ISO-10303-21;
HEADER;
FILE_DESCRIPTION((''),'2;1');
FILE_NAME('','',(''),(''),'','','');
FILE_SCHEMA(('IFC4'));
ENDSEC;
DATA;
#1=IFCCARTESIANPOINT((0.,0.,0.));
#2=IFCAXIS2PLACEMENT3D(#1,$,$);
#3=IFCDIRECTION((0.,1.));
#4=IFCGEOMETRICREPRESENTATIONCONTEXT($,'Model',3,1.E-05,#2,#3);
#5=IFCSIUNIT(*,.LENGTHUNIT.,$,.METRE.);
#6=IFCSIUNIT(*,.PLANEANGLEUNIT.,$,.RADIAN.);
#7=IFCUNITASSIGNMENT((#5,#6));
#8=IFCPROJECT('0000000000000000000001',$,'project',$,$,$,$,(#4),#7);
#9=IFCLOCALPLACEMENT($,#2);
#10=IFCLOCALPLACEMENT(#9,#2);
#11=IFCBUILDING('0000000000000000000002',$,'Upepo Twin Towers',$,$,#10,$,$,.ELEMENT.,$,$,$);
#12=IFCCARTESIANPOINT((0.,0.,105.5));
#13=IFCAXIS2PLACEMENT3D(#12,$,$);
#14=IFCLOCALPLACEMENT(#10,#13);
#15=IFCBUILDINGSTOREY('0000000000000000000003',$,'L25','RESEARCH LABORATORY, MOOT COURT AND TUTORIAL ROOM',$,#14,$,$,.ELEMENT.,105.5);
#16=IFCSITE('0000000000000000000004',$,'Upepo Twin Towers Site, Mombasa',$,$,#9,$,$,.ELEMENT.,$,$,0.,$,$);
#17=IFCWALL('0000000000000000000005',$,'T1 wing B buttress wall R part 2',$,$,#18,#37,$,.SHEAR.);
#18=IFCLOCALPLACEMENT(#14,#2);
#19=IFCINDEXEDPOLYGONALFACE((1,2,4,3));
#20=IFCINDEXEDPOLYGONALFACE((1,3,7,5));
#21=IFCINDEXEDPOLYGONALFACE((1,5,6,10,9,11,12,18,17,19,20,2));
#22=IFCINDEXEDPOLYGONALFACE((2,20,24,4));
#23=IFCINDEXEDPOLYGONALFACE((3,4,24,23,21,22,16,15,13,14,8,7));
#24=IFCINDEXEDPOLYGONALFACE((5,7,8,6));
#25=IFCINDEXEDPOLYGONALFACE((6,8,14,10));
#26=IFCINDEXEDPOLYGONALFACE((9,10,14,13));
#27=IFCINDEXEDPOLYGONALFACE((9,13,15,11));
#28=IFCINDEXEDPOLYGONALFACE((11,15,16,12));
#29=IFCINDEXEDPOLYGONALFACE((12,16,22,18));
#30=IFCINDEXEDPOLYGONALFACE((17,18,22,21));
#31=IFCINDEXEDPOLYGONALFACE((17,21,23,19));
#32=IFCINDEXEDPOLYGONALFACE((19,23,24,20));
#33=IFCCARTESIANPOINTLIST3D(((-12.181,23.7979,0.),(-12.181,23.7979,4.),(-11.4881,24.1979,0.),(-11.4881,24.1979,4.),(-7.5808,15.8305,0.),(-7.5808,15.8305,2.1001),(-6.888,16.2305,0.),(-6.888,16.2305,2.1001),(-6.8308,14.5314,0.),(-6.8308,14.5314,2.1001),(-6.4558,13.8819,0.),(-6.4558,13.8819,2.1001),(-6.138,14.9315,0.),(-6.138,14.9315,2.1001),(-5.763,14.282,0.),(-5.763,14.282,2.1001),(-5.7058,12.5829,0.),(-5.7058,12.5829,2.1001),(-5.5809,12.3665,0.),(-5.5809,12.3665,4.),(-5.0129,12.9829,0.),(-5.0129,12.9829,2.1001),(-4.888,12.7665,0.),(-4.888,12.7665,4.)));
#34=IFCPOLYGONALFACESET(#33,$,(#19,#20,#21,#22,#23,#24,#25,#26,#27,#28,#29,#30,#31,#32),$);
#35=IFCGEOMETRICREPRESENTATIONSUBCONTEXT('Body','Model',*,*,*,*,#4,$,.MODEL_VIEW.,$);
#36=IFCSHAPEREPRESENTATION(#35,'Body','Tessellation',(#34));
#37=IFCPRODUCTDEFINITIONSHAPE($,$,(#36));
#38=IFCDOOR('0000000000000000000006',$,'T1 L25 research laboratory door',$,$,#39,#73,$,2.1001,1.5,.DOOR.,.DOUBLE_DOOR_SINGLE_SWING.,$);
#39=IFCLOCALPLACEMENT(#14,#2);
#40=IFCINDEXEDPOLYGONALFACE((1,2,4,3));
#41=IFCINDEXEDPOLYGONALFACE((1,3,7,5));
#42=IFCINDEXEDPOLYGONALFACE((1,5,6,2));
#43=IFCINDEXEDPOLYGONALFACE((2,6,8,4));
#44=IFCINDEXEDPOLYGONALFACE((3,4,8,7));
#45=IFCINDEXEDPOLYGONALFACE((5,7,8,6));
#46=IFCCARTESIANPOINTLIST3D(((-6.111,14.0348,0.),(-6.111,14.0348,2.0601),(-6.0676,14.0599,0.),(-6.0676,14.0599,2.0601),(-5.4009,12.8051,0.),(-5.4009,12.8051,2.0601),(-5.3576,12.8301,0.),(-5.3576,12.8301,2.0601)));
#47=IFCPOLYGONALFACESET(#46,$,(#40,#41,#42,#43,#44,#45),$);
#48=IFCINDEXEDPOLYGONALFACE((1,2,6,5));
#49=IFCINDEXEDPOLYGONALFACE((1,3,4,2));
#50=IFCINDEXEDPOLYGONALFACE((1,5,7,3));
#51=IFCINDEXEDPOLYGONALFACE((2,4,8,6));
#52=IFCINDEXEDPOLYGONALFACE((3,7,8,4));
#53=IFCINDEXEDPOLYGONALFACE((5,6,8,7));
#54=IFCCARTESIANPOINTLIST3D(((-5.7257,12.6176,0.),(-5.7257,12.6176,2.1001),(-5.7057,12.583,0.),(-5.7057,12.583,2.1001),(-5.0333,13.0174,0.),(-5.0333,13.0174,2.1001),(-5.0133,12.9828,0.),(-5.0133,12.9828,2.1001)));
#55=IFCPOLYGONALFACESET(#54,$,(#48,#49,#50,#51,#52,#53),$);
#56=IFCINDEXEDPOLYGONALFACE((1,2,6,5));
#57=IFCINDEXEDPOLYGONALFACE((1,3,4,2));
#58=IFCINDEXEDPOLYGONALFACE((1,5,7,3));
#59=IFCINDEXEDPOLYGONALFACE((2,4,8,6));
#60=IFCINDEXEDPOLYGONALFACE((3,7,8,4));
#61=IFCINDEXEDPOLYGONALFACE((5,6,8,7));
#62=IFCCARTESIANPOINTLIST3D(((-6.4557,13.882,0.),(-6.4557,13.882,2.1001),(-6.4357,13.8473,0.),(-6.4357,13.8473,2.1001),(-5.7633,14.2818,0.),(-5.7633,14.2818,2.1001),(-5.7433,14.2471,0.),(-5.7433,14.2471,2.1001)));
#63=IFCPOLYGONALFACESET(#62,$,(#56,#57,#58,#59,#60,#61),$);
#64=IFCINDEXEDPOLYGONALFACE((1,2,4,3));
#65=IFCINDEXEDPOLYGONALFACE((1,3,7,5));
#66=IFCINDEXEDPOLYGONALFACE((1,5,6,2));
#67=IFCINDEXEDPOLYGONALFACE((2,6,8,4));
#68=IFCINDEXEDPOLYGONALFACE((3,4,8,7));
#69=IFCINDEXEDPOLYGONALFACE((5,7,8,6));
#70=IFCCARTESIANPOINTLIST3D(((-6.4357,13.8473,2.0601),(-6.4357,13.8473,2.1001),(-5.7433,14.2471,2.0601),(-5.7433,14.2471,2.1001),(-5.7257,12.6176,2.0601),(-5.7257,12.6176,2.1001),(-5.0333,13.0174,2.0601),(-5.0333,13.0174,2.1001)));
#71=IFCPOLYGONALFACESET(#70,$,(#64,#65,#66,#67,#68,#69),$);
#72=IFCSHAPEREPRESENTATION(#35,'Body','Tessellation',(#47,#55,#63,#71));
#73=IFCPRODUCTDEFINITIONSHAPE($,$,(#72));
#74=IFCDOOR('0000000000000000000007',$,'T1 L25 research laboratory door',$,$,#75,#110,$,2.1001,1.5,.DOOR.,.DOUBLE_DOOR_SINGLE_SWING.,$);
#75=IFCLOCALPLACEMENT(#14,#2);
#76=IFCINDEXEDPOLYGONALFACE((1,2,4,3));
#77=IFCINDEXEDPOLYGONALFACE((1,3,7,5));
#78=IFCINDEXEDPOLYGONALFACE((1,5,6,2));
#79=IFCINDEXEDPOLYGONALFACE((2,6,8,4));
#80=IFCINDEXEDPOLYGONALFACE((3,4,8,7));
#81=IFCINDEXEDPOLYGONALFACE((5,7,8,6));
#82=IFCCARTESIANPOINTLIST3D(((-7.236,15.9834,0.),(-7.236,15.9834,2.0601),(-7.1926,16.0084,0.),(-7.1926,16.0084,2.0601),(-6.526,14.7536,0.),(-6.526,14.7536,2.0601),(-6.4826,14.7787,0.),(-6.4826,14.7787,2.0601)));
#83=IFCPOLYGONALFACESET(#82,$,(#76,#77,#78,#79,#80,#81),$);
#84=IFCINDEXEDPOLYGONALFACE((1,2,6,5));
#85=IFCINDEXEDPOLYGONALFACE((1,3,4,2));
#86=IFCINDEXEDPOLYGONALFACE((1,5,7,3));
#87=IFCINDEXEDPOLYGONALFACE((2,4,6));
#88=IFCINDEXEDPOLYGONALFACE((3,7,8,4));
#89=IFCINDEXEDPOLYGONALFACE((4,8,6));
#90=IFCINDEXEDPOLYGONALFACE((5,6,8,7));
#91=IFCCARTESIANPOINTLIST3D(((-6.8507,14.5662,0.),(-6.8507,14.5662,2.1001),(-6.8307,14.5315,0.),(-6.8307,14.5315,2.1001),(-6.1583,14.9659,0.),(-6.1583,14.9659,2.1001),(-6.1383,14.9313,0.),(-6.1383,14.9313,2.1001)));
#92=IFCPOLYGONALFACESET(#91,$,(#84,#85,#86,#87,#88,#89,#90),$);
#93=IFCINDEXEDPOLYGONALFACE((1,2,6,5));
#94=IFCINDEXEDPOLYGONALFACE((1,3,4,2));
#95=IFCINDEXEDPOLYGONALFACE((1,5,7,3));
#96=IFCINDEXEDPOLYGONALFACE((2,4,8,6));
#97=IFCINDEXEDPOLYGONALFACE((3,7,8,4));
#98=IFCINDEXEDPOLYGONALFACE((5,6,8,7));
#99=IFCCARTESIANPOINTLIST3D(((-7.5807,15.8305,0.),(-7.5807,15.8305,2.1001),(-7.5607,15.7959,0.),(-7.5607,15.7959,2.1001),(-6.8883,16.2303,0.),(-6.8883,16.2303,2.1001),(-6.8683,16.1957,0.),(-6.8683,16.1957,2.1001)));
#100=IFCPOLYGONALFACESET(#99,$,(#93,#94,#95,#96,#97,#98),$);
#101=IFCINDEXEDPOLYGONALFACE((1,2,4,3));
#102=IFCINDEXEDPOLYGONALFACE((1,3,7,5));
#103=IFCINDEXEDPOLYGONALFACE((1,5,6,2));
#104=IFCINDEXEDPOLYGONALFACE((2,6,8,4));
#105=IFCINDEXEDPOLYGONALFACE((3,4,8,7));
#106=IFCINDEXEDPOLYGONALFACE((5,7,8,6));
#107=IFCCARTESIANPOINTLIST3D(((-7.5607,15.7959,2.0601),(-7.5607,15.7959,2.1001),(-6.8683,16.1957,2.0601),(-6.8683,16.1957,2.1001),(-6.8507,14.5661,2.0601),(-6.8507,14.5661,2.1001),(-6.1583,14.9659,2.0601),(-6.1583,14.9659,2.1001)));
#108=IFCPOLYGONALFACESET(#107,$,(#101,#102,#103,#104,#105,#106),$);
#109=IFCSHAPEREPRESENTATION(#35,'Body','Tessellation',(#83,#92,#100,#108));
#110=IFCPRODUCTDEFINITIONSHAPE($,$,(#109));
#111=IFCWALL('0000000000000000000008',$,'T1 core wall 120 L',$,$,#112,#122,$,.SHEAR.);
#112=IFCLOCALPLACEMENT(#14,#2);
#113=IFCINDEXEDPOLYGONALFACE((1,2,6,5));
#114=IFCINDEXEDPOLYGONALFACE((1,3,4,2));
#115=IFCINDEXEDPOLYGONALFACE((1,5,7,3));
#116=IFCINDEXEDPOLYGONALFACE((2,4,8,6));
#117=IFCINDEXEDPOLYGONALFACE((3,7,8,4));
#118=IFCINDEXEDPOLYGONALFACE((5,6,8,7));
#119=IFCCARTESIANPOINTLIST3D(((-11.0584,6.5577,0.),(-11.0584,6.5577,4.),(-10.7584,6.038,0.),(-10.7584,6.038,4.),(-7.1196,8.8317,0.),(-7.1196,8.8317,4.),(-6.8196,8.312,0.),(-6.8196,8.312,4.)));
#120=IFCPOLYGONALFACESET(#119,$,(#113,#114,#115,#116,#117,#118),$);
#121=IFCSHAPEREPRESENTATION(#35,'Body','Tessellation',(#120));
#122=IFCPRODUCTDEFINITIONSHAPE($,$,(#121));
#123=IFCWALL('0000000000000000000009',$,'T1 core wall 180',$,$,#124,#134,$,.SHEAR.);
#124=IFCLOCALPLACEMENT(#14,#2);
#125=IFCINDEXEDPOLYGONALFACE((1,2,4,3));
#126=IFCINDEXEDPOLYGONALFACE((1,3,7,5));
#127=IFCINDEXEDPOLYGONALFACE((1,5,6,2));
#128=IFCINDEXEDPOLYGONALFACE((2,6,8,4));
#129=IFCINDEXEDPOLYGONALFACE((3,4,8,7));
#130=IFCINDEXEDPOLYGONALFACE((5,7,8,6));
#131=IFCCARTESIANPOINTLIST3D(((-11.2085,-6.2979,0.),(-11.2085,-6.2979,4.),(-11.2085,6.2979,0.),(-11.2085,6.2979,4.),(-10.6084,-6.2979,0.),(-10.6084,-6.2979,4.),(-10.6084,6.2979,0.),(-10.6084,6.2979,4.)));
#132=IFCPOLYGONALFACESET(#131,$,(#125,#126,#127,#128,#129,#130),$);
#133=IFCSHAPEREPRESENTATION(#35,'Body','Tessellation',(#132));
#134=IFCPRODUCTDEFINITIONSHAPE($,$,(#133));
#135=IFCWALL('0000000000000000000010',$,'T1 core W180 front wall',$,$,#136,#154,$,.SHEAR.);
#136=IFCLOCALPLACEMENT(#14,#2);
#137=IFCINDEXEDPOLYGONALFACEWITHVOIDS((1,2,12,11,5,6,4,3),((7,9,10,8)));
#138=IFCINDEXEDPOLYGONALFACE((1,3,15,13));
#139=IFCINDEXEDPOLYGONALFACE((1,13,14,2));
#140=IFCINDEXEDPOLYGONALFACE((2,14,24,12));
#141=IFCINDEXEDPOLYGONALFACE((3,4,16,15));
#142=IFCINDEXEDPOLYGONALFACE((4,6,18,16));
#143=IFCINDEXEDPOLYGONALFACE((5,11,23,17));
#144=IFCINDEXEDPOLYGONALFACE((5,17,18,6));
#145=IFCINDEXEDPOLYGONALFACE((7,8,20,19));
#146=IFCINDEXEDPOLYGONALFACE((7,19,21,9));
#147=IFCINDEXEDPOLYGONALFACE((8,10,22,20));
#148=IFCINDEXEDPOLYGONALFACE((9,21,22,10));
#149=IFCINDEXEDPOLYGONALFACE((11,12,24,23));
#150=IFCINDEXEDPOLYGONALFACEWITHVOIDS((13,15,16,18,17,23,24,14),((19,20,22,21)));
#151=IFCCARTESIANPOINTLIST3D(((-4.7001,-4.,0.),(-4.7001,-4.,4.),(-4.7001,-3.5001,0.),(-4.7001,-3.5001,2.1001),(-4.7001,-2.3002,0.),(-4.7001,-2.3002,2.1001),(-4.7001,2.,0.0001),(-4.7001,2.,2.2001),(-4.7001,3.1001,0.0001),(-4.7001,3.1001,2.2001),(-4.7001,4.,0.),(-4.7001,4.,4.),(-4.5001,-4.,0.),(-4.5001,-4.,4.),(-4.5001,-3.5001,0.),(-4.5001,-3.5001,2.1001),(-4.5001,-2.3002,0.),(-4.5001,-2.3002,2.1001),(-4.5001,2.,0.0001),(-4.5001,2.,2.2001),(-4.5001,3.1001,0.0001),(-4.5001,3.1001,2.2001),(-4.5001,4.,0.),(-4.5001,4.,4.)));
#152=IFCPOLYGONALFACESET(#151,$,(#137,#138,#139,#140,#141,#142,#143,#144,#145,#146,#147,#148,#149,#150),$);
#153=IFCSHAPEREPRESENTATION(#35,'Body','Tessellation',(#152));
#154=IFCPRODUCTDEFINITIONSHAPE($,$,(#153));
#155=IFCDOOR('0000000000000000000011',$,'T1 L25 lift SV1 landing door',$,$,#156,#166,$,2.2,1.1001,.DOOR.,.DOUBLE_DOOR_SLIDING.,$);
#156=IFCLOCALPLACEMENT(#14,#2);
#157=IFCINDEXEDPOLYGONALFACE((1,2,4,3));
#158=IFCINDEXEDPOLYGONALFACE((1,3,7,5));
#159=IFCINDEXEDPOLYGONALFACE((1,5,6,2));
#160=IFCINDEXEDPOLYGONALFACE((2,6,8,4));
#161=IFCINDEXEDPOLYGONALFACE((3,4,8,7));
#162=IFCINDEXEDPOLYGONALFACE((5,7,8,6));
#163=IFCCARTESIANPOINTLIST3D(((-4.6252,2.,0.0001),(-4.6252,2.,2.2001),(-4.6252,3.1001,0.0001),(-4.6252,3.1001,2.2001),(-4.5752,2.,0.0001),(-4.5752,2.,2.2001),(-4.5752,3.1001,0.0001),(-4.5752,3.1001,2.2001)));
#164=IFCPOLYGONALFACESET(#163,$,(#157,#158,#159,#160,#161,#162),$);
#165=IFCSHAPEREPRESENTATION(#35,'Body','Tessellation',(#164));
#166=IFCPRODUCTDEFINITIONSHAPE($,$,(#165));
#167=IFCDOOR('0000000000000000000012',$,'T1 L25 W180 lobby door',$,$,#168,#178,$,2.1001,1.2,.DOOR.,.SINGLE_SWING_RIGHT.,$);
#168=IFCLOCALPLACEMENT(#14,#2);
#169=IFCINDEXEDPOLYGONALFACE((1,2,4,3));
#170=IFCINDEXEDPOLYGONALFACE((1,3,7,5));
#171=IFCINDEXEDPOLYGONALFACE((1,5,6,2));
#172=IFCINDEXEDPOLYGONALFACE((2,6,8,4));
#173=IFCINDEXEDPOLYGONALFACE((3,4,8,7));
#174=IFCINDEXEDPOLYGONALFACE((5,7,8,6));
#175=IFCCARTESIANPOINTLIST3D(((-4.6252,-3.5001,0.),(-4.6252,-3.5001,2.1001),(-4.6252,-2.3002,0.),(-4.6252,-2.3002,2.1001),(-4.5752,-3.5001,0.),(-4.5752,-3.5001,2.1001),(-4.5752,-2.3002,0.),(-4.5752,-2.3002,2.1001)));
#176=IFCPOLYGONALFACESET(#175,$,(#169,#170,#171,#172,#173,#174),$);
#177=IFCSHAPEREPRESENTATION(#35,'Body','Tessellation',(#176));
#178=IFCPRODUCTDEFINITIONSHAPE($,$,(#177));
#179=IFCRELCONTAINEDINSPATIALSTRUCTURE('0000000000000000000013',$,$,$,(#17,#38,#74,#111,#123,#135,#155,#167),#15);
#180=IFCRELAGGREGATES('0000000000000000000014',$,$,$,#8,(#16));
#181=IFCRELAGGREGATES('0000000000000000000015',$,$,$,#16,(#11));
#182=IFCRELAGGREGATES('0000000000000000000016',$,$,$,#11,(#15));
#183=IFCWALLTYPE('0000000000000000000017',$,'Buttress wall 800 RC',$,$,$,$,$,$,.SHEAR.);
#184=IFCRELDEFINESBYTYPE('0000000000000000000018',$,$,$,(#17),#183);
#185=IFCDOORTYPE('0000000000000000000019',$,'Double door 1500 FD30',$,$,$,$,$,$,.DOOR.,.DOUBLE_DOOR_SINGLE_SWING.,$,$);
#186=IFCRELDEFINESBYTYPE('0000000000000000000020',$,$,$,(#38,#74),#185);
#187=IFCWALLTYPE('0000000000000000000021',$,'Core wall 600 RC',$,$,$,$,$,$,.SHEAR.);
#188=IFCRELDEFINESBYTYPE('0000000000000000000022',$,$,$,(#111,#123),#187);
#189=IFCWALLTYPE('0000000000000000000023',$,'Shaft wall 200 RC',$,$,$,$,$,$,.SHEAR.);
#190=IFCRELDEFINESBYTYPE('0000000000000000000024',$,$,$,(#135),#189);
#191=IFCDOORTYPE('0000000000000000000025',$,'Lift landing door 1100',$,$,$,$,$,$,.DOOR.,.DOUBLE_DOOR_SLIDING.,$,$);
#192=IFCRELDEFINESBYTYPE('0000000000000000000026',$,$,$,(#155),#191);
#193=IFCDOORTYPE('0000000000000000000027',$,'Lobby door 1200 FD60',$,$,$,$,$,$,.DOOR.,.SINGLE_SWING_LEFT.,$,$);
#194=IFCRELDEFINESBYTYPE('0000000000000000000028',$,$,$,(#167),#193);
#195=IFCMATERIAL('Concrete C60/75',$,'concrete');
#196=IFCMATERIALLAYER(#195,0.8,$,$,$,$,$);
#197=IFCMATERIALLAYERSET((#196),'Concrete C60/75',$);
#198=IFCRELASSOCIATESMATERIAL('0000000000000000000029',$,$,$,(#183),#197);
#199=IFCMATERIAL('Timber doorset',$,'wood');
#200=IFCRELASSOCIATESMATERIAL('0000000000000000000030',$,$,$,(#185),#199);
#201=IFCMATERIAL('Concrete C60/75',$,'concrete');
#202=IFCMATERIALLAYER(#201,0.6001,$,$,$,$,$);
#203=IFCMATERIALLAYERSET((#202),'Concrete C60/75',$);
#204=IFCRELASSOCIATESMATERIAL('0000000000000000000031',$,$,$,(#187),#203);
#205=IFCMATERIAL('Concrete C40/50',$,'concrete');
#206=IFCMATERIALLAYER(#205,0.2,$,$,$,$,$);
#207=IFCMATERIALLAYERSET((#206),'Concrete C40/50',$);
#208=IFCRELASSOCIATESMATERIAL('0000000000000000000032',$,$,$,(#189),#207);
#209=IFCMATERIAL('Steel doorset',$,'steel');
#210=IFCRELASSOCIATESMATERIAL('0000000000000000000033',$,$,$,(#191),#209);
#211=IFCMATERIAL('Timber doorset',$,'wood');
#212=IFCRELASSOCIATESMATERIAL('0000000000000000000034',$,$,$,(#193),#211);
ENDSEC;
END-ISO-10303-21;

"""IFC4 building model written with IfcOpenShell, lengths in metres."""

from ifc_helpers import new_model, si_unit, direction, frame, frame_2d, origin, place, context, subcontext, project, spatial, rectangle, extrude, material, layer, layer_set, type_object, element, fill, save


model = new_model("IFC4")

# Units and contexts
model_context = context("Model", 3, precision=1e-05, world=origin(), true_north=direction((0.0, 1.0)))
body_context = subcontext(model_context, "Body", "Model", "MODEL_VIEW")
ifc_project = project(units=[si_unit("LENGTHUNIT", "METRE"), si_unit("PLANEANGLEUNIT", "RADIAN")], contexts=[model_context])

# Site, building, storey
site_placement = place(None, origin())
site = spatial("IfcSite", under=ifc_project, at=site_placement, Name="Upepo Twin Towers Site, Mombasa", CompositionType="ELEMENT", RefElevation=0.0)
building_placement = place(site_placement, origin())
building = spatial("IfcBuilding", under=site, at=building_placement, Name="Upepo Twin Towers", CompositionType="ELEMENT")
storey_placement = place(building_placement, frame((0.0, 0.0, 105.5)))
storey = spatial("IfcBuildingStorey", under=building, at=storey_placement, Name="L25", Description="RESEARCH LABORATORY, MOOT COURT AND TUTORIAL ROOM", CompositionType="ELEMENT", Elevation=105.5)

# Wall, openings, doors
ifc_material_1 = material(Name="Concrete C60/75", Category="concrete")
ifc_layer_1 = layer(ifc_material_1, 0.8)
ifc_layer_set_1 = layer_set([ifc_layer_1], Name="Concrete C60/75")
wall_type_1 = type_object("IfcWallType", Name="Buttress wall 800 RC", PredefinedType="SHEAR", material=ifc_layer_set_1)
ifc_material_2 = material(Name="Timber doorset", Category="wood")
door_type_1 = type_object("IfcDoorType", Name="Double door 1500 FD30", OperationType="DOUBLE_DOOR_SINGLE_SWING", PredefinedType="DOOR", material=ifc_material_2)
wall_1_placement = place(storey_placement, frame((-5.2344, 12.5664, 0.0), z_axis=(0.0, 0.0, 1.0), x_axis=(-0.50001, 0.86602, 0.0)))
wall_1 = element("IfcWall", 1, at=wall_1_placement, inside=storey, type_object=wall_type_1, Name="T1 wing B buttress wall R part 2", PredefinedType="SHEAR", context=body_context, shape_type="SweptSolid", body=[
    extrude(rectangle(XDim=13.2, YDim=0.8, at=frame_2d((6.6001, 0.0))), origin(), (0.0, 0.0, 1.0), 4.0),
])
opening_1_placement = place(wall_1_placement, frame((0.25, 0.0, 0.0)))
opening_1 = element("IfcOpeningElement", 2, at=opening_1_placement, cuts=wall_1, PredefinedType="OPENING", context=body_context, shape_type="SweptSolid", body=[
    extrude(rectangle(XDim=1.5, YDim=2.1001, at=frame_2d((0.75, 1.05))), frame((0.0, 0.4099, 0.0), z_axis=(0.0, -1.0, 0.0), x_axis=(1.0, 0.0, 0.0)), (0.0, 0.0, 1.0), 0.8201),
])
opening_2_placement = place(wall_1_placement, frame((2.5, 0.0, 0.0)))
opening_2 = element("IfcOpeningElement", 3, at=opening_2_placement, cuts=wall_1, PredefinedType="OPENING", context=body_context, shape_type="SweptSolid", body=[
    extrude(rectangle(XDim=1.5, YDim=2.1001, at=frame_2d((0.75, 1.05))), frame((0.0, 0.4099, 0.0), z_axis=(0.0, -1.0, 0.0), x_axis=(1.0, 0.0, 0.0)), (0.0, 0.0, 1.0), 0.8201),
])
door_1_placement = place(opening_1_placement, origin())
door_1 = element("IfcDoor", 4, at=door_1_placement, inside=storey, type_object=door_type_1, Name="T1 L25 research laboratory door", OperationType="DOUBLE_DOOR_SINGLE_SWING", OverallHeight=2.1001, OverallWidth=1.5, PredefinedType="DOOR", context=body_context, shape_type="SweptSolid", body=[
    extrude(rectangle(XDim=1.42, YDim=2.0601, at=frame_2d((0.75, 1.03))), frame((0.0, 0.0249, 0.0), z_axis=(0.0, -1.0, 0.0), x_axis=(1.0, 0.0, 0.0)), (0.0, 0.0, 1.0), 0.05),
    extrude(rectangle(XDim=0.04, YDim=2.1001, at=frame_2d((0.02, 1.05))), frame((0.0, 0.3999, 0.0), z_axis=(0.0, -1.0, 0.0), x_axis=(1.0, 0.0, 0.0)), (0.0, 0.0, 1.0), 0.7996),
    extrude(rectangle(XDim=0.04, YDim=2.1001, at=frame_2d((1.48, 1.05))), frame((0.0, 0.3999, 0.0), z_axis=(0.0, -1.0, 0.0), x_axis=(1.0, 0.0, 0.0)), (0.0, 0.0, 1.0), 0.7996),
    extrude(rectangle(XDim=1.42, YDim=0.04, at=frame_2d((0.75, 2.0801))), frame((0.0, 0.3999, 0.0), z_axis=(0.0, -1.0, 0.0), x_axis=(1.0, 0.0, 0.0)), (0.0, 0.0, 1.0), 0.7996),
])
fill(opening_1, door_1)
door_2_placement = place(opening_2_placement, origin())
door_2 = element("IfcDoor", 5, at=door_2_placement, inside=storey, type_object=door_type_1, Name="T1 L25 research laboratory door", OperationType="DOUBLE_DOOR_SINGLE_SWING", OverallHeight=2.1001, OverallWidth=1.5, PredefinedType="DOOR", context=body_context, shape_type="SweptSolid", body=[
    extrude(rectangle(XDim=1.42, YDim=2.0601, at=frame_2d((0.75, 1.03))), frame((0.0, 0.0249, 0.0), z_axis=(0.0, -1.0, 0.0), x_axis=(1.0, 0.0, 0.0)), (0.0, 0.0, 1.0), 0.05),
    extrude(rectangle(XDim=0.04, YDim=2.1001, at=frame_2d((0.02, 1.05))), frame((0.0, 0.3999, 0.0), z_axis=(0.0, -1.0, 0.0), x_axis=(1.0, 0.0, 0.0)), (0.0, 0.0, 1.0), 0.7996),
    extrude(rectangle(XDim=0.04, YDim=2.1001, at=frame_2d((1.48, 1.05))), frame((0.0, 0.3999, 0.0), z_axis=(0.0, -1.0, 0.0), x_axis=(1.0, 0.0, 0.0)), (0.0, 0.0, 1.0), 0.7996),
    extrude(rectangle(XDim=1.42, YDim=0.04, at=frame_2d((0.75, 2.0801))), frame((0.0, 0.3999, 0.0), z_axis=(0.0, -1.0, 0.0), x_axis=(1.0, 0.0, 0.0)), (0.0, 0.0, 1.0), 0.7996),
])
fill(opening_2, door_2)

# Walls
ifc_material_3 = material(Name="Concrete C60/75", Category="concrete")
ifc_layer_2 = layer(ifc_material_3, 0.6001)
ifc_layer_set_2 = layer_set([ifc_layer_2], Name="Concrete C60/75")
wall_type_2 = type_object("IfcWallType", Name="Core wall 600 RC", PredefinedType="SHEAR", material=ifc_layer_set_2)
wall_2_placement = place(storey_placement, frame((-6.9697, 8.5718, 0.0), z_axis=(0.0, 0.0, 1.0), x_axis=(-0.866035, -0.499984, 0.0)))
element("IfcWall", 6, at=wall_2_placement, inside=storey, type_object=wall_type_2, Name="T1 core wall 120 L", PredefinedType="SHEAR", context=body_context, shape_type="SweptSolid", body=[
    extrude(rectangle(XDim=4.5481, YDim=0.6001, at=frame_2d((2.2739, 0.0))), origin(), (0.0, 0.0, 1.0), 4.0),
])
wall_3_placement = place(storey_placement, frame((-10.9084, 6.2979, 0.0), z_axis=(0.0, 0.0, 1.0), x_axis=(0.0, -1.0, 0.0)))
element("IfcWall", 7, at=wall_3_placement, inside=storey, type_object=wall_type_2, Name="T1 core wall 180", PredefinedType="SHEAR", context=body_context, shape_type="SweptSolid", body=[
    extrude(rectangle(XDim=12.5957, YDim=0.6001, at=frame_2d((6.2979, 0.0))), origin(), (0.0, 0.0, 1.0), 4.0),
])

# Wall, openings, doors
ifc_material_4 = material(Name="Concrete C40/50", Category="concrete")
ifc_layer_3 = layer(ifc_material_4, 0.2)
ifc_layer_set_3 = layer_set([ifc_layer_3], Name="Concrete C40/50")
wall_type_3 = type_object("IfcWallType", Name="Shaft wall 200 RC", PredefinedType="SHEAR", material=ifc_layer_set_3)
wall_4_placement = place(storey_placement, frame((-4.6001, 4.0, 0.0), z_axis=(0.0, 0.0, 1.0), x_axis=(0.0, -1.0, 0.0)))
wall_4 = element("IfcWall", 8, at=wall_4_placement, inside=storey, type_object=wall_type_3, Name="T1 core W180 front wall", PredefinedType="SHEAR", context=body_context, shape_type="SweptSolid", body=[
    extrude(rectangle(XDim=8.0, YDim=0.2, at=frame_2d((4.0, 0.0))), origin(), (0.0, 0.0, 1.0), 4.0),
])
opening_3_placement = place(wall_4_placement, frame((6.3, 0.0, 0.0)))
opening_3 = element("IfcOpeningElement", 9, at=opening_3_placement, cuts=wall_4, PredefinedType="OPENING", context=body_context, shape_type="SweptSolid", body=[
    extrude(rectangle(XDim=1.2, YDim=2.1001, at=frame_2d((0.6001, 1.05))), frame((0.0, 0.1099, 0.0), z_axis=(0.0, -1.0, 0.0), x_axis=(1.0, 0.0, 0.0)), (0.0, 0.0, 1.0), 0.22),
])
opening_4_placement = place(wall_4_placement, frame((0.8999, 0.0, 0.0)))
opening_4 = element("IfcOpeningElement", 10, at=opening_4_placement, cuts=wall_4, PredefinedType="OPENING", context=body_context, shape_type="SweptSolid", body=[
    extrude(rectangle(XDim=1.1001, YDim=2.2, at=frame_2d((0.55, 1.1001))), frame((0.0, 0.1099, 0.0), z_axis=(0.0, -1.0, 0.0), x_axis=(1.0, 0.0, 0.0)), (0.0, 0.0, 1.0), 0.22),
])
ifc_material_5 = material(Name="Steel doorset", Category="steel")
door_type_2 = type_object("IfcDoorType", Name="Lift landing door 1100", OperationType="DOUBLE_DOOR_SLIDING", PredefinedType="DOOR", material=ifc_material_5)
door_3_placement = place(opening_4_placement, origin())
door_3 = element("IfcDoor", 11, at=door_3_placement, inside=storey, type_object=door_type_2, Name="T1 L25 lift SV1 landing door", OperationType="DOUBLE_DOOR_SLIDING", OverallHeight=2.2, OverallWidth=1.1001, PredefinedType="DOOR", context=body_context, shape_type="SweptSolid", body=[
    extrude(rectangle(XDim=1.1001, YDim=2.2, at=frame_2d((0.55, 1.1001))), frame((0.0, 0.0249, 0.0), z_axis=(0.0, -1.0, 0.0), x_axis=(1.0, 0.0, 0.0)), (0.0, 0.0, 1.0), 0.05),
])
fill(opening_4, door_3)
ifc_material_6 = material(Name="Timber doorset", Category="wood")
door_type_3 = type_object("IfcDoorType", Name="Lobby door 1200 FD60", OperationType="SINGLE_SWING_LEFT", PredefinedType="DOOR", material=ifc_material_6)
door_4_placement = place(opening_3_placement, origin())
door_4 = element("IfcDoor", 12, at=door_4_placement, inside=storey, type_object=door_type_3, Name="T1 L25 W180 lobby door", OperationType="SINGLE_SWING_RIGHT", OverallHeight=2.1001, OverallWidth=1.2, PredefinedType="DOOR", context=body_context, shape_type="SweptSolid", body=[
    extrude(rectangle(XDim=1.2, YDim=2.1001, at=frame_2d((0.6001, 1.05))), frame((0.0, 0.0249, 0.0), z_axis=(0.0, -1.0, 0.0), x_axis=(1.0, 0.0, 0.0)), (0.0, 0.0, 1.0), 0.05),
])
fill(opening_3, door_4)

save(model, "model.ifc")
